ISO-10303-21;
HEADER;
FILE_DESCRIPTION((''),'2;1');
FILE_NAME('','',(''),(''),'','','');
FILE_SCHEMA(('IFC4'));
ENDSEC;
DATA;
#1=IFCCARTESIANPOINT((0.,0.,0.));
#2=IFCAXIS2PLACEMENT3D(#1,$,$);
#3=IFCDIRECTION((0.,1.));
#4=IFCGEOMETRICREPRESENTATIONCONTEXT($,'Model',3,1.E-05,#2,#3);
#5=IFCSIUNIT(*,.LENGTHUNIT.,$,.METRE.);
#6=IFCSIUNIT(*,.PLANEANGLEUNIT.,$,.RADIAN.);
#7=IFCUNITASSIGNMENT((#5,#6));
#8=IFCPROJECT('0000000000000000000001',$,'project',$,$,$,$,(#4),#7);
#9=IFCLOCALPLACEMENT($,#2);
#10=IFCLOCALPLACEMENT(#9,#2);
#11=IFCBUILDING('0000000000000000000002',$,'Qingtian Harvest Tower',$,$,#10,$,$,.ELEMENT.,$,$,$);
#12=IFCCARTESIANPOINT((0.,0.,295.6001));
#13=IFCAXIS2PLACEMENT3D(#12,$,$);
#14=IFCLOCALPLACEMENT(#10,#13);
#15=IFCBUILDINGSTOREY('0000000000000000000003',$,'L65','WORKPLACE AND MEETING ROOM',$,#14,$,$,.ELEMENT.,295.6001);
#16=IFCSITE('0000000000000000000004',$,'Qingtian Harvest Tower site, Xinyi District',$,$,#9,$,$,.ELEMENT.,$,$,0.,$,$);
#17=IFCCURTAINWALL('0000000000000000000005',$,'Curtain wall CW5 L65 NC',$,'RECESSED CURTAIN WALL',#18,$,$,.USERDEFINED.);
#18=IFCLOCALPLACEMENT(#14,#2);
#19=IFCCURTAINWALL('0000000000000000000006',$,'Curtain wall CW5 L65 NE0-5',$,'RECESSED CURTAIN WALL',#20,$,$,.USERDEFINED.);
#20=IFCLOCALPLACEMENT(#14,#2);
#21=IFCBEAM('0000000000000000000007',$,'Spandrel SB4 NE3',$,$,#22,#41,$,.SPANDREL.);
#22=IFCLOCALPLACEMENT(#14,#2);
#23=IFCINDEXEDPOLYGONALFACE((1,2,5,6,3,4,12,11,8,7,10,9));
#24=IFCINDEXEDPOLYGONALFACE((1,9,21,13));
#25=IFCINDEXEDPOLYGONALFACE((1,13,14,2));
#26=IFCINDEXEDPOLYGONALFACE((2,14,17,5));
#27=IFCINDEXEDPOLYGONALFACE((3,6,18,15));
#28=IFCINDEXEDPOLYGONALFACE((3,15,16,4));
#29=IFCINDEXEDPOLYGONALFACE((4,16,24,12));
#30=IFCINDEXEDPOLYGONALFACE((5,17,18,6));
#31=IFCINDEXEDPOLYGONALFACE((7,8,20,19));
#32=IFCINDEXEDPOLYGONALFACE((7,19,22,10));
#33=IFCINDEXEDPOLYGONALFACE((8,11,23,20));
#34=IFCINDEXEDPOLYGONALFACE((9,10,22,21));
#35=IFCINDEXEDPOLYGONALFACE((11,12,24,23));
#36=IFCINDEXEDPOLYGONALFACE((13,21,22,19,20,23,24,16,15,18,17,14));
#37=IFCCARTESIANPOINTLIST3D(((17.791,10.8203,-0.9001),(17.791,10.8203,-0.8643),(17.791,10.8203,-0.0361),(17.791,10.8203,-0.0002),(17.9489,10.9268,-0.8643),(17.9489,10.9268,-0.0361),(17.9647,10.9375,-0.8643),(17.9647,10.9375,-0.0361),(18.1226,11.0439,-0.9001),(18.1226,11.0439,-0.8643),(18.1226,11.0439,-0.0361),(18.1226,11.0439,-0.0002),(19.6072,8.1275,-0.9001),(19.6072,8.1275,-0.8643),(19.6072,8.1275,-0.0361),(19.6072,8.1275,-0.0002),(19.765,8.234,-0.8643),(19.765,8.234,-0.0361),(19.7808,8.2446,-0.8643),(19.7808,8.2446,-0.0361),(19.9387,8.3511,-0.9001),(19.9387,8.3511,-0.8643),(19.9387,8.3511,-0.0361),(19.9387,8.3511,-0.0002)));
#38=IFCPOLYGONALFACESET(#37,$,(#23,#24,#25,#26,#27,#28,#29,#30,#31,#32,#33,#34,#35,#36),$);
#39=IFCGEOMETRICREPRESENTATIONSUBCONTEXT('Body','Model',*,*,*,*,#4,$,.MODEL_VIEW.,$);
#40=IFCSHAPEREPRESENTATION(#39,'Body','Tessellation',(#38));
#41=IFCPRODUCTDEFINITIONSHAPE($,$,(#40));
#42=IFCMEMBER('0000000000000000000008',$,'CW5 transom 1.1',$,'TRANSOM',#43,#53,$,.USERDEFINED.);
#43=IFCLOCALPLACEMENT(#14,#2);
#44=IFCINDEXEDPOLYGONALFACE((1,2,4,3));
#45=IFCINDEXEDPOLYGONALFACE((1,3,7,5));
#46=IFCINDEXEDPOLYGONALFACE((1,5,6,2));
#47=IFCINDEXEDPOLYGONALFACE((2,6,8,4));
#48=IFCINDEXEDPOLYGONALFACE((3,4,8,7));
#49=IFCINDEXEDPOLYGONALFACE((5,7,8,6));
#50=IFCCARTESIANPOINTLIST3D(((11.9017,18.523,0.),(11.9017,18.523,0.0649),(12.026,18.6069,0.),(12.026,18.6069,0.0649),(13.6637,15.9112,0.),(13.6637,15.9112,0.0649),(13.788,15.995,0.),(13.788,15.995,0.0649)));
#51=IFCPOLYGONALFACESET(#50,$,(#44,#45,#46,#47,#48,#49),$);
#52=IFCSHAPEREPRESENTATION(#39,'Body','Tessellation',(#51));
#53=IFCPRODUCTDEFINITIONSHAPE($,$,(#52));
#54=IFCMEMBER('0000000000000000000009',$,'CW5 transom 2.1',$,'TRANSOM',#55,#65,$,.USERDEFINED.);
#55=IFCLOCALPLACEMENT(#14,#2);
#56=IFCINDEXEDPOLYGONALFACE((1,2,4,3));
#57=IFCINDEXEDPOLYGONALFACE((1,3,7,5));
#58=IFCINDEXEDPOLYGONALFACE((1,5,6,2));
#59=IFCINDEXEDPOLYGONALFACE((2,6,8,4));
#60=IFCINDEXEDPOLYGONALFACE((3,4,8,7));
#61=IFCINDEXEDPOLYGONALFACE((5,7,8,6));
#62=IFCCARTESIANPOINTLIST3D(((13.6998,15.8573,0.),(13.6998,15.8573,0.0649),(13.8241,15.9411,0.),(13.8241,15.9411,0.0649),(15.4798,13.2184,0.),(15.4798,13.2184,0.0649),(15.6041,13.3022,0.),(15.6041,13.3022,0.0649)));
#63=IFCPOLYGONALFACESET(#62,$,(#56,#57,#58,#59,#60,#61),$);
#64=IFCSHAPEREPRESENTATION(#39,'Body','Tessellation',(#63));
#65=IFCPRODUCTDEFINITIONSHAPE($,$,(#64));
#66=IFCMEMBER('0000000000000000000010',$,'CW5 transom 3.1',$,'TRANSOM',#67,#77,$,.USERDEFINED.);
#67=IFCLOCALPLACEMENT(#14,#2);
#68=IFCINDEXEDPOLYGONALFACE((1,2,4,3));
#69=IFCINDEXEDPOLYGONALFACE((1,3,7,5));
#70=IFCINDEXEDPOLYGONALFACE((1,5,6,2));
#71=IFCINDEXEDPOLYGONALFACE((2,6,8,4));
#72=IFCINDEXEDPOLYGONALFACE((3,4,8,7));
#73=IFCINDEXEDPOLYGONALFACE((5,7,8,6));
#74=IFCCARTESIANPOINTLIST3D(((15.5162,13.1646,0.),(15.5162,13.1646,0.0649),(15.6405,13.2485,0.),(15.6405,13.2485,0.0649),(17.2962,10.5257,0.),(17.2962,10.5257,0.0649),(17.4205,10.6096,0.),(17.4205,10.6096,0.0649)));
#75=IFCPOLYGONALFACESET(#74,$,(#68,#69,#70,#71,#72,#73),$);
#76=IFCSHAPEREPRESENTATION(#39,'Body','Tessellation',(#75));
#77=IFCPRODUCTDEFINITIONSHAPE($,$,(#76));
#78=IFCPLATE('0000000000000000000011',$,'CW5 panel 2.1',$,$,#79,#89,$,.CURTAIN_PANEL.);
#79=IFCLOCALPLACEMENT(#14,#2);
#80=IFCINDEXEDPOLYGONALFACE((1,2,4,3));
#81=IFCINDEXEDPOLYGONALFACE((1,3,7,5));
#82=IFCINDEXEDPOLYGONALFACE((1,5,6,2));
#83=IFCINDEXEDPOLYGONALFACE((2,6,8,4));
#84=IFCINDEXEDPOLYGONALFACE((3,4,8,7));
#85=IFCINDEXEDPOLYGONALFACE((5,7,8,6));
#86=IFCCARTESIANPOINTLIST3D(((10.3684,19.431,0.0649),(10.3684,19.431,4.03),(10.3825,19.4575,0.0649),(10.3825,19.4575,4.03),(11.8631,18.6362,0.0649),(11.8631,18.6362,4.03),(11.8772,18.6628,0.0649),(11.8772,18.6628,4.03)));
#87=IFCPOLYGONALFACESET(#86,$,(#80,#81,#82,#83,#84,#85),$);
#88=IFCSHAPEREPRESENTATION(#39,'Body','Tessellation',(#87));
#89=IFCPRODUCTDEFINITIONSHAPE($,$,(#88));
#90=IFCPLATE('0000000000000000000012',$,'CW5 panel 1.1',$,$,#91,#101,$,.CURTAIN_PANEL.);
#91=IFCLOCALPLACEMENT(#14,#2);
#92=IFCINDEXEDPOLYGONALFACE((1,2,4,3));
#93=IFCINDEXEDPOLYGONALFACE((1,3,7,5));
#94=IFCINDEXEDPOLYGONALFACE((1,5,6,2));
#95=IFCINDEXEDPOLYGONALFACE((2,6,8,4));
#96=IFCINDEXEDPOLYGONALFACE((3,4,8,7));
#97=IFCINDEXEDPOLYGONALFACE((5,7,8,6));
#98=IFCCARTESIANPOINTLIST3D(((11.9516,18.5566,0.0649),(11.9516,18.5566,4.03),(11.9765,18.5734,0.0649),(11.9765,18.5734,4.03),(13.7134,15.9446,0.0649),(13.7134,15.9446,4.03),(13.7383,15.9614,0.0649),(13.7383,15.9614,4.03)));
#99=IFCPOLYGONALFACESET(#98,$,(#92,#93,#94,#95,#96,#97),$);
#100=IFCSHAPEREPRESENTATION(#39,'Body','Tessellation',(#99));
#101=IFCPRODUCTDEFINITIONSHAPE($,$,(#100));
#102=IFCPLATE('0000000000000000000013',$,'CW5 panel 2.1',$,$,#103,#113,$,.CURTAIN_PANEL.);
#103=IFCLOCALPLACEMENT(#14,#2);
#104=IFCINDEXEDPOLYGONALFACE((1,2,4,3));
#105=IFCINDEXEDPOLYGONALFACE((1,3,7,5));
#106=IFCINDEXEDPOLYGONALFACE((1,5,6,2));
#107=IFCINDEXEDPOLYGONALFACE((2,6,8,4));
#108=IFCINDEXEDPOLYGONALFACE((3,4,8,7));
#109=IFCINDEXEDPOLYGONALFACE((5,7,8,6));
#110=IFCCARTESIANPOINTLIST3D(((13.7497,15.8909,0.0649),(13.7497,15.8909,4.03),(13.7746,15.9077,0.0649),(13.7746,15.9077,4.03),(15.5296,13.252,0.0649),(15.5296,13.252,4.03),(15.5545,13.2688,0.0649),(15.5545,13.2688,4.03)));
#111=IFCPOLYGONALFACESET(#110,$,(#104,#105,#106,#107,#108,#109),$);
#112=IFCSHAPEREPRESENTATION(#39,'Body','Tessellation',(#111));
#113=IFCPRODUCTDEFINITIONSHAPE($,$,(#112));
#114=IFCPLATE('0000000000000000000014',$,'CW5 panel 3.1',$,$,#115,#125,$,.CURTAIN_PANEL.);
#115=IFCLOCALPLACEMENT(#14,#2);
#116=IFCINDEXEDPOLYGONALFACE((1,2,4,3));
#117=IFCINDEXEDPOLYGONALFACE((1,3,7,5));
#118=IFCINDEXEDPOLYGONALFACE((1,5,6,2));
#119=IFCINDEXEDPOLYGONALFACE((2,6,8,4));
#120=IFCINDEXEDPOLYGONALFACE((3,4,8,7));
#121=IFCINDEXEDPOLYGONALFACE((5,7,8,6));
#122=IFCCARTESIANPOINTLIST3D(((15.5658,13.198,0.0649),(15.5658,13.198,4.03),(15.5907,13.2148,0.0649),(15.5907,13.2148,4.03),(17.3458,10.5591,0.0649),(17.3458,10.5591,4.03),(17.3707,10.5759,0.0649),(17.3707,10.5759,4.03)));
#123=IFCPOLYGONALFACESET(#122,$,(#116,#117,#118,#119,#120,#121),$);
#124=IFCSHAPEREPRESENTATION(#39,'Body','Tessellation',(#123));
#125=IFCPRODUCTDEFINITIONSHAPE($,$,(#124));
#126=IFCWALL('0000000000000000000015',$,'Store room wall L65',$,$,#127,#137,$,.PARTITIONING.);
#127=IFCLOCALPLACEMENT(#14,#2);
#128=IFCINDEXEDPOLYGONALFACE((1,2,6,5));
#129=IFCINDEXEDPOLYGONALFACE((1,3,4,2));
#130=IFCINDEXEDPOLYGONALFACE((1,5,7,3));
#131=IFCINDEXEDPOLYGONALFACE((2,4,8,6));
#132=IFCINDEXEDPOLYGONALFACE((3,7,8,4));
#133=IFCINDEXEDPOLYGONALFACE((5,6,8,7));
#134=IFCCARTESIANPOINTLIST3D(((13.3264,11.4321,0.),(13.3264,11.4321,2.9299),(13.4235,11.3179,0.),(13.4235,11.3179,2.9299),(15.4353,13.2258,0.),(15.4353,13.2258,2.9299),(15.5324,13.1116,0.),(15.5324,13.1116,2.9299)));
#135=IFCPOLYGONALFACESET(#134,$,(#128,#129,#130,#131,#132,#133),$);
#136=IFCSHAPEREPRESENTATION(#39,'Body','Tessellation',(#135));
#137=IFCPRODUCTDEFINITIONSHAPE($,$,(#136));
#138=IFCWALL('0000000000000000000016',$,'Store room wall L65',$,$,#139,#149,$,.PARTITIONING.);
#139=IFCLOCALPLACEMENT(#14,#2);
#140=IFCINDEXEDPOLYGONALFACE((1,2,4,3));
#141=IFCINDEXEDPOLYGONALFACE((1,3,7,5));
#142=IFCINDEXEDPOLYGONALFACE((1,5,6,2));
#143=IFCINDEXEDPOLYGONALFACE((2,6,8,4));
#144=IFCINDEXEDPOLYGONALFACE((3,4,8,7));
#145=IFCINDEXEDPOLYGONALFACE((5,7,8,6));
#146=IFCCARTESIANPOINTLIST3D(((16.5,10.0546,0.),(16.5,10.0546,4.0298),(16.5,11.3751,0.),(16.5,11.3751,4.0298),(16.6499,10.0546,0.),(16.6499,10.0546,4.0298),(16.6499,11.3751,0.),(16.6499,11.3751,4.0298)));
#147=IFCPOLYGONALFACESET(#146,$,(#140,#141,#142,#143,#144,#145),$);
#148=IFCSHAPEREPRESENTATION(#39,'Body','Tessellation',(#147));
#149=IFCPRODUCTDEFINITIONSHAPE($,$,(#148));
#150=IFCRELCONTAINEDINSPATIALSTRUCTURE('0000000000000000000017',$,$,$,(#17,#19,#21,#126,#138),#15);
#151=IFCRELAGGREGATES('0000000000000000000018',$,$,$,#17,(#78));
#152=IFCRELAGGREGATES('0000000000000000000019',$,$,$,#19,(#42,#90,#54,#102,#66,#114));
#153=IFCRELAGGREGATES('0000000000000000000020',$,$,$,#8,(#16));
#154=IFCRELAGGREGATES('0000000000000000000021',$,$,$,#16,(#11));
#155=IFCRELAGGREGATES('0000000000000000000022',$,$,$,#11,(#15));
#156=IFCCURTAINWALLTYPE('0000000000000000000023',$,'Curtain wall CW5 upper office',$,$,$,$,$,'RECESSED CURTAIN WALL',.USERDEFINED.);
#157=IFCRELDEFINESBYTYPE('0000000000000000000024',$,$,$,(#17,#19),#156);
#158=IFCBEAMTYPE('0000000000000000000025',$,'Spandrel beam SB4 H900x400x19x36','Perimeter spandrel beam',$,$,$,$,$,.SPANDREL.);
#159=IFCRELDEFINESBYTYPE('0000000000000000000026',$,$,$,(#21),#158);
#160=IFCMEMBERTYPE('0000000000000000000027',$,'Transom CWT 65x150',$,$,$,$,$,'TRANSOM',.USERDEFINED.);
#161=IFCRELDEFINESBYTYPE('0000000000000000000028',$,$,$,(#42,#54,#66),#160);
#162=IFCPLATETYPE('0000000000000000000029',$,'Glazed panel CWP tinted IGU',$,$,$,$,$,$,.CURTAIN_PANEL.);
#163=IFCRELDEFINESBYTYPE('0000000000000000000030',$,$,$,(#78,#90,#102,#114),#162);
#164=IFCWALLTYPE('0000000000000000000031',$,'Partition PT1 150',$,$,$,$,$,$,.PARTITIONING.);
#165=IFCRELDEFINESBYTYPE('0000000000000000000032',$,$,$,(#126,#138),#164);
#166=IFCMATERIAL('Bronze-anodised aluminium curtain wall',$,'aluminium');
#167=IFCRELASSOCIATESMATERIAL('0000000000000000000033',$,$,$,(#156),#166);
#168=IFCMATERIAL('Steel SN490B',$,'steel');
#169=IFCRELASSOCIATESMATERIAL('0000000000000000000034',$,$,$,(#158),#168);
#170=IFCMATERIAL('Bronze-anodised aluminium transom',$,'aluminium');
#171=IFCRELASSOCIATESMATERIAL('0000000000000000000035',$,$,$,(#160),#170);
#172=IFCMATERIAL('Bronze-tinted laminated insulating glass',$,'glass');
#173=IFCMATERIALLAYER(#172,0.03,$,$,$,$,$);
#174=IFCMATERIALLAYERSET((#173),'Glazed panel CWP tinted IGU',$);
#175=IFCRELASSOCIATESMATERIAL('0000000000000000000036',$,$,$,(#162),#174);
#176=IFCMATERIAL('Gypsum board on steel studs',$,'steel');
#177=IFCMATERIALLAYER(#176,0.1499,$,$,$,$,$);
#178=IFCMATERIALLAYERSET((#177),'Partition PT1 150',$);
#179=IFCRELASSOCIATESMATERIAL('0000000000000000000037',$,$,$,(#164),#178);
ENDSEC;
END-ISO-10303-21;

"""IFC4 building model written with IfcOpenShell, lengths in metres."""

from ifc_helpers import new_model, si_unit, direction, frame, frame_2d, origin, origin_2d, place, context, subcontext, project, spatial, rectangle, i_section, extrude, material, layer, layer_set, material_profile, profile_set, type_object, element, aggregate, save


model = new_model("IFC4")

# Units and contexts
model_context = context("Model", 3, precision=1e-05, world=origin(), true_north=direction((0.0, 1.0)))
body_context = subcontext(model_context, "Body", "Model", "MODEL_VIEW")
ifc_project = project(units=[si_unit("LENGTHUNIT", "METRE"), si_unit("PLANEANGLEUNIT", "RADIAN")], contexts=[model_context])

# Site, building, storey
site_placement = place(None, origin())
site = spatial("IfcSite", under=ifc_project, at=site_placement, Name="Qingtian Harvest Tower site, Xinyi District", CompositionType="ELEMENT", RefElevation=0.0)
building_placement = place(site_placement, origin())
building = spatial("IfcBuilding", under=site, at=building_placement, Name="Qingtian Harvest Tower", CompositionType="ELEMENT")
storey_placement = place(building_placement, frame((0.0, 0.0, 295.6001)))
storey = spatial("IfcBuildingStorey", under=building, at=storey_placement, Name="L65", Description="WORKPLACE AND MEETING ROOM", CompositionType="ELEMENT", Elevation=295.6001)

# Curtain wall
ifc_material_1 = material(Name="Bronze-anodised aluminium curtain wall", Category="aluminium")
curtain_wall_type = type_object("IfcCurtainWallType", Name="Curtain wall CW5 upper office", ElementType="RECESSED CURTAIN WALL", PredefinedType="USERDEFINED", material=ifc_material_1)
curtain_wall_1_placement = place(storey_placement, origin())
curtain_wall_1 = element("IfcCurtainWall", 1, at=curtain_wall_1_placement, inside=storey, type_object=curtain_wall_type, Name="Curtain wall CW5 L65 NC", ObjectType="RECESSED CURTAIN WALL", PredefinedType="USERDEFINED")

# Curtain wall
curtain_wall_2_placement = place(storey_placement, origin())
curtain_wall_2 = element("IfcCurtainWall", 2, at=curtain_wall_2_placement, inside=storey, type_object=curtain_wall_type, Name="Curtain wall CW5 L65 NE0-5", ObjectType="RECESSED CURTAIN WALL", PredefinedType="USERDEFINED")

# Beam
ifc_material_2 = material(Name="Steel SN490B", Category="steel")
ifc_material_profile_1 = material_profile(ifc_material_2, i_section(OverallWidth=0.3999, OverallDepth=0.8999, WebThickness=0.019, FlangeThickness=0.0359, at=origin_2d()), Name="H900x400x19x36")
ifc_profile_set_1 = profile_set([ifc_material_profile_1], Name="Steel SN490B")
beam_type_1 = type_object("IfcBeamType", Name="Spandrel beam SB4 H900x400x19x36", Description="Perimeter spandrel beam", PredefinedType="SPANDREL", material=ifc_profile_set_1)
beam_1_placement = place(storey_placement, frame((17.9568, 10.9321, -0.4502), z_axis=(0.55915, -0.829066, 0.0), x_axis=(0.829066, 0.55915, 0.0)))
element("IfcBeam", 3, at=beam_1_placement, inside=storey, type_object=beam_type_1, Name="Spandrel SB4 NE3", PredefinedType="SPANDREL", context=body_context, shape_type="SweptSolid", body=[
    extrude(i_section(OverallWidth=0.3999, OverallDepth=0.8999, WebThickness=0.019, FlangeThickness=0.0359, at=origin_2d()), origin(), (0.0, 0.0, 1.0), 3.248),
])

# Members
ifc_material_3 = material(Name="Bronze-anodised aluminium transom", Category="aluminium")
ifc_material_profile_2 = material_profile(ifc_material_3, rectangle(XDim=0.1499, YDim=0.0649, at=origin_2d()), Name="AL 65x150")
ifc_profile_set_2 = profile_set([ifc_material_profile_2], Name="Bronze-anodised aluminium transom")
member_type_1 = type_object("IfcMemberType", Name="Transom CWT 65x150", ElementType="TRANSOM", PredefinedType="USERDEFINED", material=ifc_profile_set_2)
member_1_placement = place(storey_placement, frame((11.9639, 18.5649, 0.0325), z_axis=(0.559252, -0.828998, 0.0), x_axis=(0.828998, 0.559252, 0.0)))
member_1 = element("IfcMember", 4, at=member_1_placement, type_object=member_type_1, Name="CW5 transom 1.1", ObjectType="TRANSOM", PredefinedType="USERDEFINED", context=body_context, shape_type="SweptSolid", body=[
    extrude(rectangle(XDim=0.1499, YDim=0.0649, at=origin_2d()), origin(), (0.0, 0.0, 1.0), 3.1506),
])
member_2_placement = place(storey_placement, frame((13.762, 15.8992, 0.0325), z_axis=(0.559205, -0.829029, 0.0), x_axis=(0.829029, 0.559205, 0.0)))
member_2 = element("IfcMember", 5, at=member_2_placement, type_object=member_type_1, Name="CW5 transom 2.1", ObjectType="TRANSOM", PredefinedType="USERDEFINED", context=body_context, shape_type="SweptSolid", body=[
    extrude(rectangle(XDim=0.1499, YDim=0.0649, at=origin_2d()), origin(), (0.0, 0.0, 1.0), 3.1831),
])
member_3_placement = place(storey_placement, frame((15.5784, 13.2065, 0.0325), z_axis=(0.559205, -0.829029, 0.0), x_axis=(0.829029, 0.559205, 0.0)))
member_3 = element("IfcMember", 6, at=member_3_placement, type_object=member_type_1, Name="CW5 transom 3.1", ObjectType="TRANSOM", PredefinedType="USERDEFINED", context=body_context, shape_type="SweptSolid", body=[
    extrude(rectangle(XDim=0.1499, YDim=0.0649, at=origin_2d()), origin(), (0.0, 0.0, 1.0), 3.1831),
])

# Plates
ifc_material_4 = material(Name="Bronze-tinted laminated insulating glass", Category="glass")
ifc_layer_1 = layer(ifc_material_4, 0.03)
ifc_layer_set_1 = layer_set([ifc_layer_1], Name="Glazed panel CWP tinted IGU")
plate_type = type_object("IfcPlateType", Name="Glazed panel CWP tinted IGU", PredefinedType="CURTAIN_PANEL", material=ifc_layer_set_1)
plate_1_placement = place(storey_placement, frame((11.1228, 19.0469, 0.0649), z_axis=(0.0, 0.0, 1.0), x_axis=(0.882948, -0.469472, 0.0)))
plate_1 = element("IfcPlate", 7, at=plate_1_placement, type_object=plate_type, Name="CW5 panel 2.1", PredefinedType="CURTAIN_PANEL", context=body_context, shape_type="SweptSolid", body=[
    extrude(rectangle(XDim=1.6929, YDim=0.03, at=origin_2d()), origin(), (0.0, 0.0, 1.0), 3.9651),
])
aggregate(curtain_wall_1, [plate_1])
plate_2_placement = place(storey_placement, frame((12.845, 17.259, 0.0649), z_axis=(0.0, 0.0, 1.0), x_axis=(0.559193, -0.829038, 0.0)))
plate_2 = element("IfcPlate", 8, at=plate_2_placement, type_object=plate_type, Name="CW5 panel 1.1", PredefinedType="CURTAIN_PANEL", context=body_context, shape_type="SweptSolid", body=[
    extrude(rectangle(XDim=3.1506, YDim=0.03, at=origin_2d()), origin(), (0.0, 0.0, 1.0), 3.9651),
])
plate_3_placement = place(storey_placement, frame((14.6521, 14.5798, 0.0649), z_axis=(0.0, 0.0, 1.0), x_axis=(0.559193, -0.829038, 0.0)))
plate_3 = element("IfcPlate", 9, at=plate_3_placement, type_object=plate_type, Name="CW5 panel 2.1", PredefinedType="CURTAIN_PANEL", context=body_context, shape_type="SweptSolid", body=[
    extrude(rectangle(XDim=3.1831, YDim=0.03, at=origin_2d()), origin(), (0.0, 0.0, 1.0), 3.9651),
])
plate_4_placement = place(storey_placement, frame((16.4683, 11.887, 0.0649), z_axis=(0.0, 0.0, 1.0), x_axis=(0.559193, -0.829038, 0.0)))
plate_4 = element("IfcPlate", 10, at=plate_4_placement, type_object=plate_type, Name="CW5 panel 3.1", PredefinedType="CURTAIN_PANEL", context=body_context, shape_type="SweptSolid", body=[
    extrude(rectangle(XDim=3.1831, YDim=0.03, at=origin_2d()), origin(), (0.0, 0.0, 1.0), 3.9651),
])
aggregate(curtain_wall_2, [member_1, plate_2, member_2, plate_3, member_3, plate_4])

# Wall
ifc_material_5 = material(Name="Gypsum board on steel studs", Category="steel")
ifc_layer_2 = layer(ifc_material_5, 0.1499)
ifc_layer_set_2 = layer_set([ifc_layer_2], Name="Partition PT1 150")
wall_type = type_object("IfcWallType", Name="Partition PT1 150", PredefinedType="PARTITIONING", material=ifc_layer_set_2)
wall_1_placement = place(storey_placement, frame((15.4839, 13.1687, 0.0), z_axis=(0.0, 0.0, 1.0), x_axis=(-0.761735, -0.647889, 0.0)))
element("IfcWall", 11, at=wall_1_placement, inside=storey, type_object=wall_type, Name="Store room wall L65", PredefinedType="PARTITIONING", context=body_context, shape_type="SweptSolid", body=[
    extrude(rectangle(XDim=2.7686, YDim=0.1499, at=frame_2d((1.3843, 0.0))), origin(), (0.0, 0.0, 1.0), 2.9299),
])

# Wall
wall_2_placement = place(storey_placement, frame((16.575, 11.375, 0.0), z_axis=(0.0, 0.0, 1.0), x_axis=(0.0, -1.0, 0.0)))
element("IfcWall", 12, at=wall_2_placement, inside=storey, type_object=wall_type, Name="Store room wall L65", PredefinedType="PARTITIONING", context=body_context, shape_type="SweptSolid", body=[
    extrude(rectangle(XDim=1.3206, YDim=0.1499, at=frame_2d((0.6602, 0.0))), origin(), (0.0, 0.0, 1.0), 4.0298),
])

save(model, "model.ifc")
